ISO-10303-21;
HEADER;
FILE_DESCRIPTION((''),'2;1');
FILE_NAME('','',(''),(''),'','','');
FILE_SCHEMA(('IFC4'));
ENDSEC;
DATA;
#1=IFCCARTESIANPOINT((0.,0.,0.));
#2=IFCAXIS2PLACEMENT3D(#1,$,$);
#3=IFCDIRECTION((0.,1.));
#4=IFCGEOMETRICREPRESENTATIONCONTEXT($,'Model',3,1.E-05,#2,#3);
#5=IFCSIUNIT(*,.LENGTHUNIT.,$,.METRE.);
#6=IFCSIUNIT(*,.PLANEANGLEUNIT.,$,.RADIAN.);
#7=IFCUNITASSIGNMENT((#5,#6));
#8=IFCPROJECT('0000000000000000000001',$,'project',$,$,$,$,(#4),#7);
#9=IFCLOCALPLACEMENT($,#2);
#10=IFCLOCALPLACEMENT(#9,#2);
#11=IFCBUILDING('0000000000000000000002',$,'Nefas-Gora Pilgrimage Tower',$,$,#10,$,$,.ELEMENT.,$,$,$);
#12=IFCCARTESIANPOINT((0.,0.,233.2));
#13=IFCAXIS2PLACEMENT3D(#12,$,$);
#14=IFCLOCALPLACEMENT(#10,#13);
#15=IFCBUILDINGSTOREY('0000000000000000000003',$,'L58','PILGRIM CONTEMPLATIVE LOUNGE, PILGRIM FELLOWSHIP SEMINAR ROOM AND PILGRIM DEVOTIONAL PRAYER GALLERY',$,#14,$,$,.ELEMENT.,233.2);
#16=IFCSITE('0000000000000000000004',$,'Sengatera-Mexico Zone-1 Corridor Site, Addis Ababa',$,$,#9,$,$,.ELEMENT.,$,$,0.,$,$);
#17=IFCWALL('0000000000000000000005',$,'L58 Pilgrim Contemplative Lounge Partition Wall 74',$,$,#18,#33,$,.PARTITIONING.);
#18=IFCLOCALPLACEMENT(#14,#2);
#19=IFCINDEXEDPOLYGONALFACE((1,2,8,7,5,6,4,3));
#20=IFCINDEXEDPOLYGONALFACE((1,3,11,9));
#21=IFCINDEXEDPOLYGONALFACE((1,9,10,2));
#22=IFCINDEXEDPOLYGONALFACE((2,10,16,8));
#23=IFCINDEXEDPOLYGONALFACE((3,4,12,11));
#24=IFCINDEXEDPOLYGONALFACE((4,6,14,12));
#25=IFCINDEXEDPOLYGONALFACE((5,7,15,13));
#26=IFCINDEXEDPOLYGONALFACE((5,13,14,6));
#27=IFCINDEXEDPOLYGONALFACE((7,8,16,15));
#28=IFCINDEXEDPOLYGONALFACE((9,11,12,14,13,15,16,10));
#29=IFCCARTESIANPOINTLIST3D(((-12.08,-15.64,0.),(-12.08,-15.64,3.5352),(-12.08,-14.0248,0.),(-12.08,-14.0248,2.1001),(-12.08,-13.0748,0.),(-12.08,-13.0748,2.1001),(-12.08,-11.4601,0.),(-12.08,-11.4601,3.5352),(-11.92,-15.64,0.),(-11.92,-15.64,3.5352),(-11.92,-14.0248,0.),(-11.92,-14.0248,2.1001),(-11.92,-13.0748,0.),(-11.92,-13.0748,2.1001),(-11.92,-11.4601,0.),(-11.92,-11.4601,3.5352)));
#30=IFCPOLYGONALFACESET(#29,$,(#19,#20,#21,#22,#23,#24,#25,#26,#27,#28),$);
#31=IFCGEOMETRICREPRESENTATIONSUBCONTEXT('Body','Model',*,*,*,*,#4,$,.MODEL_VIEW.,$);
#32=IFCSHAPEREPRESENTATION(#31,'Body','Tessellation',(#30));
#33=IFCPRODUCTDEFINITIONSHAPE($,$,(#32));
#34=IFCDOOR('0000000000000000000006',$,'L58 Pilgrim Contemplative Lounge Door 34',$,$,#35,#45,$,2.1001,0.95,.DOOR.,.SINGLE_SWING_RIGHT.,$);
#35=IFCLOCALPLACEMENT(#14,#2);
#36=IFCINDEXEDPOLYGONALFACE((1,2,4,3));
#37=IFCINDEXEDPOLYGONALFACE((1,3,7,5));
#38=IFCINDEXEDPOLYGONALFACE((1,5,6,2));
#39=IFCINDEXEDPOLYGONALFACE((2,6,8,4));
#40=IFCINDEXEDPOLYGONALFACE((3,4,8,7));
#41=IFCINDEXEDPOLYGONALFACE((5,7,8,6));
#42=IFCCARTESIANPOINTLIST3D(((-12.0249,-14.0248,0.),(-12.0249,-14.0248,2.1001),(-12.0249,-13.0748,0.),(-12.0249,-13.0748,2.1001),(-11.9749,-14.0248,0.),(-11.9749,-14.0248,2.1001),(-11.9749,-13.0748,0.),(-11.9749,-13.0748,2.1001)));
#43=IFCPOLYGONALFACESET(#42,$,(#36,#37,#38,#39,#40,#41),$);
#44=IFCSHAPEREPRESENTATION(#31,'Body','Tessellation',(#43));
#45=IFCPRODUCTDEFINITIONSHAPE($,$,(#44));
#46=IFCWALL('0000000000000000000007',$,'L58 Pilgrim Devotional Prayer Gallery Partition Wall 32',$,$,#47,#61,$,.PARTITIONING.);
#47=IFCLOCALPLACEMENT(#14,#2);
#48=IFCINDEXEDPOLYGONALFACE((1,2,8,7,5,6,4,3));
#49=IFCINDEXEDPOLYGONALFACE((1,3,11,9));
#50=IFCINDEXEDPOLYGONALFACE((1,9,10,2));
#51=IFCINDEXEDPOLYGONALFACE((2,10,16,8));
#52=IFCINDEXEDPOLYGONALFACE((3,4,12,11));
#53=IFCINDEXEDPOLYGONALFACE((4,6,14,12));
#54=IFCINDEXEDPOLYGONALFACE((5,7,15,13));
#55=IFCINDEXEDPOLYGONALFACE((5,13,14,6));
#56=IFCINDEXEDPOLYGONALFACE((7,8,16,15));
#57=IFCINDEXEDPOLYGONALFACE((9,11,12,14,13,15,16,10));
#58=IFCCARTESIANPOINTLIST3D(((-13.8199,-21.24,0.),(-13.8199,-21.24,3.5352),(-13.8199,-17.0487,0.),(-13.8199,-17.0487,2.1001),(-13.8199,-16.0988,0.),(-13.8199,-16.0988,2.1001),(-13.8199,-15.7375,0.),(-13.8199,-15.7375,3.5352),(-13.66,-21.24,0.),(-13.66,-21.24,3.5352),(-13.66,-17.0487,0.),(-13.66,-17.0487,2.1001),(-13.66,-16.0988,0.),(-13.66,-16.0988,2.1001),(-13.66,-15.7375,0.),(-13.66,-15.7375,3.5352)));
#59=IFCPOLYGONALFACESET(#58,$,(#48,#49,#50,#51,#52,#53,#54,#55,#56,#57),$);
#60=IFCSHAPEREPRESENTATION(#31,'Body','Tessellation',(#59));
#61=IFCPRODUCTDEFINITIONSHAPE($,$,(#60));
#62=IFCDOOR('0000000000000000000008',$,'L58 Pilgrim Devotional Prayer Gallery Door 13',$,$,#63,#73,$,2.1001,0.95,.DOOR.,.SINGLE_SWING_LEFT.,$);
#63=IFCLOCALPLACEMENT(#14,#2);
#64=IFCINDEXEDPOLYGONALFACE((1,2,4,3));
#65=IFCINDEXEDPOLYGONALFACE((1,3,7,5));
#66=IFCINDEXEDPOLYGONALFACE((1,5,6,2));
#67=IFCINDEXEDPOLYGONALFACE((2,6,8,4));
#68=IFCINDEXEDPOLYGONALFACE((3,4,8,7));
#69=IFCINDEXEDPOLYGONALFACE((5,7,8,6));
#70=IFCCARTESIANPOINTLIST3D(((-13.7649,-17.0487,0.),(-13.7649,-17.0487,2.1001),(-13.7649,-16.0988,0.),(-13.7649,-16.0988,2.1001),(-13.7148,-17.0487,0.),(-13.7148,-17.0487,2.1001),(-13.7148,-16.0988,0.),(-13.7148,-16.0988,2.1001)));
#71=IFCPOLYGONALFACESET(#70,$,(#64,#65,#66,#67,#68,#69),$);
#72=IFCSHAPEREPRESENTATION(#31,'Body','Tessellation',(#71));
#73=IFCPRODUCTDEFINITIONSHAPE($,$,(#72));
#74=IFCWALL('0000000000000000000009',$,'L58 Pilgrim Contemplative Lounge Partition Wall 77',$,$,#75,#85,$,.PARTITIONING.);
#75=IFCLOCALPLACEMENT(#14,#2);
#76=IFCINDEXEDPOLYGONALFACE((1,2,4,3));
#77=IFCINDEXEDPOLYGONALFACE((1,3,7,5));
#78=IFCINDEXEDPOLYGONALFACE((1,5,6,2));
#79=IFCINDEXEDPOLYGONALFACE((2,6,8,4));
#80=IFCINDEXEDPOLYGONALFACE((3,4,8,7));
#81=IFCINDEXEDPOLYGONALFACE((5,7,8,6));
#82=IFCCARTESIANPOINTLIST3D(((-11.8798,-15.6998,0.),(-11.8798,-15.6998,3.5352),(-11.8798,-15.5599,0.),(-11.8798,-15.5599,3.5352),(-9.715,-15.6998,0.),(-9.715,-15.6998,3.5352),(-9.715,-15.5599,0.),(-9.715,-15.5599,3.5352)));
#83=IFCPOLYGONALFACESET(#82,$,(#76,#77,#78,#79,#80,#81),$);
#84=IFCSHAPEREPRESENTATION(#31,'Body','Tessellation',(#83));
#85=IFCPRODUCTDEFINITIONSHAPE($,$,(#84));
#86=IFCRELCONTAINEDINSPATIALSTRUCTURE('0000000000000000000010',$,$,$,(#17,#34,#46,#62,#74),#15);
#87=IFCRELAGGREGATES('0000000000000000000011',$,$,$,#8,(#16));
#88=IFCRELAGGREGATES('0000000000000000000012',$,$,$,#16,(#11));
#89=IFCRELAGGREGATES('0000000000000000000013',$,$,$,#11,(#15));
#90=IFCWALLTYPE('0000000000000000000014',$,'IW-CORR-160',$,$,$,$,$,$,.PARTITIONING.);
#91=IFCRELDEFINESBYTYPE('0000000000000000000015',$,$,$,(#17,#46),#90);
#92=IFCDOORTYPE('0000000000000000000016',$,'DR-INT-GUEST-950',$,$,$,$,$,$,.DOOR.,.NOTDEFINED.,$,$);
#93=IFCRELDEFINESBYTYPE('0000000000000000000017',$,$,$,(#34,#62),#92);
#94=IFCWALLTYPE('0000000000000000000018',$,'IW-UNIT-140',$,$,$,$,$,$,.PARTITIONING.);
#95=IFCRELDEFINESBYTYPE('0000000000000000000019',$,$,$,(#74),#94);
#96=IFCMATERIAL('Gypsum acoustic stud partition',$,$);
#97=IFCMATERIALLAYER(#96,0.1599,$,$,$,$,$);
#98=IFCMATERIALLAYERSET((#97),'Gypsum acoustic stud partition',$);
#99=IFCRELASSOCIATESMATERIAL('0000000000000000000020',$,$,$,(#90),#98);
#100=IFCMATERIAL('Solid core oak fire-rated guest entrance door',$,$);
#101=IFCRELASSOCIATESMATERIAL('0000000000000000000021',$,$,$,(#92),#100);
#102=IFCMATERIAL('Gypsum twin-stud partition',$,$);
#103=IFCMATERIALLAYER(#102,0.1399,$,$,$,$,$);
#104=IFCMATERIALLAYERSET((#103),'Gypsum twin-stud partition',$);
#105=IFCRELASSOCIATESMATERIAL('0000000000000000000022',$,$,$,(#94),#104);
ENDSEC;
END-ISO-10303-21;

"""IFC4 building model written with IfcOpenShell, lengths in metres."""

from ifc_helpers import new_model, si_unit, direction, frame, frame_2d, origin, place, context, subcontext, project, spatial, rectangle, extrude, source, transform, mapped, material, layer, layer_set, type_object, element, fill, save


model = new_model("IFC4")

# Units and contexts
model_context = context("Model", 3, precision=1e-05, world=origin(), true_north=direction((0.0, 1.0)))
body_context = subcontext(model_context, "Body", "Model", "MODEL_VIEW")
ifc_project = project(units=[si_unit("LENGTHUNIT", "METRE"), si_unit("PLANEANGLEUNIT", "RADIAN")], contexts=[model_context])

# Site, building, storey
site_placement = place(None, origin())
site = spatial("IfcSite", under=ifc_project, at=site_placement, Name="Sengatera-Mexico Zone-1 Corridor Site, Addis Ababa", CompositionType="ELEMENT", RefElevation=0.0)
building_placement = place(site_placement, origin())
building = spatial("IfcBuilding", under=site, at=building_placement, Name="Nefas-Gora Pilgrimage Tower", CompositionType="ELEMENT")
storey_placement = place(building_placement, frame((0.0, 0.0, 233.2)))
storey = spatial("IfcBuildingStorey", under=building, at=storey_placement, Name="L58", Description="PILGRIM CONTEMPLATIVE LOUNGE, PILGRIM FELLOWSHIP SEMINAR ROOM AND PILGRIM DEVOTIONAL PRAYER GALLERY", CompositionType="ELEMENT", Elevation=233.2)

# Shared definitions
ifc_material_1 = material(Name="Gypsum acoustic stud partition")
ifc_layer_1 = layer(ifc_material_1, 0.1599)
ifc_layer_set_1 = layer_set([ifc_layer_1], Name="Gypsum acoustic stud partition")
wall_type_1 = type_object("IfcWallType", Name="IW-CORR-160", PredefinedType="PARTITIONING", material=ifc_layer_set_1)
ifc_material_2 = material(Name="Solid core oak fire-rated guest entrance door")
door_type = type_object("IfcDoorType", Name="DR-INT-GUEST-950", OperationType="NOTDEFINED", PredefinedType="DOOR", material=ifc_material_2)
shared_shape_1 = source(origin(), body_context, "Body", "SweptSolid", [
    extrude(rectangle(XDim=0.95, YDim=2.1001, at=frame_2d((0.4751, 1.05))), frame((0.0, 0.0249, 0.0), z_axis=(0.0, -1.0, 0.0), x_axis=(1.0, 0.0, 0.0)), (0.0, 0.0, 1.0), 0.05),
])

# Shared definitions
ifc_material_3 = material(Name="Gypsum twin-stud partition")
ifc_layer_2 = layer(ifc_material_3, 0.1399)
ifc_layer_set_2 = layer_set([ifc_layer_2], Name="Gypsum twin-stud partition")
wall_type_2 = type_object("IfcWallType", Name="IW-UNIT-140", PredefinedType="PARTITIONING", material=ifc_layer_set_2)

# Walls, openings, doors
shared_shape_2 = source(origin(), body_context, "Body", "SweptSolid", [
    extrude(rectangle(XDim=4.1799, YDim=0.1599, at=frame_2d((2.0898, 0.0))), origin(), (0.0, 0.0, 1.0), 3.5352),
])
wall_1_placement = place(storey_placement, frame((-12.0, -15.6399, 0.0), z_axis=(0.0, 0.0, 1.0), x_axis=(0.0, 1.0, 0.0)))
wall_1 = element("IfcWall", 1, at=wall_1_placement, inside=storey, type_object=wall_type_1, Name="L58 Pilgrim Contemplative Lounge Partition Wall 74", PredefinedType="PARTITIONING", context=body_context, shape_type="MappedRepresentation", body=[
    mapped(shared_shape_2, transform((0.0, 0.0, 0.0), x_axis=(1.0, 0.0, 0.0), y_axis=(0.0, 1.0, 0.0), z_axis=(0.0, 0.0, 1.0), scale=1.0)),
])
opening_1_placement = place(wall_1_placement, frame((1.615, 0.0, 0.0)))
opening_1 = element("IfcOpeningElement", 2, at=opening_1_placement, cuts=wall_1, PredefinedType="OPENING", context=body_context, shape_type="SweptSolid", body=[
    extrude(rectangle(XDim=0.95, YDim=2.1001, at=frame_2d((0.4751, 1.05))), frame((0.0, 0.0898, 0.0), z_axis=(0.0, -1.0, 0.0), x_axis=(1.0, 0.0, 0.0)), (0.0, 0.0, 1.0), 0.1799),
])
door_1_placement = place(opening_1_placement, origin())
door_1 = element("IfcDoor", 3, at=door_1_placement, inside=storey, type_object=door_type, Name="L58 Pilgrim Contemplative Lounge Door 34", OperationType="SINGLE_SWING_RIGHT", OverallHeight=2.1001, OverallWidth=0.95, PredefinedType="DOOR", context=body_context, shape_type="MappedRepresentation", body=[
    mapped(shared_shape_1, transform((0.0, 0.0, 0.0), x_axis=(1.0, 0.0, 0.0), y_axis=(0.0, 1.0, 0.0), z_axis=(0.0, 0.0, 1.0), scale=1.0)),
])
fill(opening_1, door_1)
shared_shape_3 = source(origin(), body_context, "Body", "SweptSolid", [
    extrude(rectangle(XDim=5.5024, YDim=0.1599, at=frame_2d((2.7512, 0.0))), origin(), (0.0, 0.0, 1.0), 3.5352),
])
wall_2_placement = place(storey_placement, frame((-13.74, -21.24, 0.0), z_axis=(0.0, 0.0, 1.0), x_axis=(0.0, 1.0, 0.0)))
wall_2 = element("IfcWall", 4, at=wall_2_placement, inside=storey, type_object=wall_type_1, Name="L58 Pilgrim Devotional Prayer Gallery Partition Wall 32", PredefinedType="PARTITIONING", context=body_context, shape_type="MappedRepresentation", body=[
    mapped(shared_shape_3, transform((0.0, 0.0, 0.0), x_axis=(1.0, 0.0, 0.0), y_axis=(0.0, 1.0, 0.0), z_axis=(0.0, 0.0, 1.0), scale=1.0)),
])
opening_2_placement = place(wall_2_placement, frame((4.1912, 0.0, 0.0)))
opening_2 = element("IfcOpeningElement", 5, at=opening_2_placement, cuts=wall_2, PredefinedType="OPENING", context=body_context, shape_type="SweptSolid", body=[
    extrude(rectangle(XDim=0.95, YDim=2.1001, at=frame_2d((0.4751, 1.05))), frame((0.0, 0.0898, 0.0), z_axis=(0.0, -1.0, 0.0), x_axis=(1.0, 0.0, 0.0)), (0.0, 0.0, 1.0), 0.1799),
])
door_2_placement = place(opening_2_placement, origin())
door_2 = element("IfcDoor", 6, at=door_2_placement, inside=storey, type_object=door_type, Name="L58 Pilgrim Devotional Prayer Gallery Door 13", OperationType="SINGLE_SWING_LEFT", OverallHeight=2.1001, OverallWidth=0.95, PredefinedType="DOOR", context=body_context, shape_type="MappedRepresentation", body=[
    mapped(shared_shape_1, transform((0.0, 0.0, 0.0), x_axis=(1.0, 0.0, 0.0), y_axis=(0.0, 1.0, 0.0), z_axis=(0.0, 0.0, 1.0), scale=1.0)),
])
fill(opening_2, door_2)

# Wall
shared_shape_4 = source(origin(), body_context, "Body", "SweptSolid", [
    extrude(rectangle(XDim=2.1648, YDim=0.1399, at=frame_2d((1.0825, 0.0))), origin(), (0.0, 0.0, 1.0), 3.5352),
])
wall_3_placement = place(storey_placement, frame((-11.8799, -15.6299, 0.0), z_axis=(0.0, 0.0, 1.0), x_axis=(1.0, 0.0, 0.0)))
element("IfcWall", 7, at=wall_3_placement, inside=storey, type_object=wall_type_2, Name="L58 Pilgrim Contemplative Lounge Partition Wall 77", PredefinedType="PARTITIONING", context=body_context, shape_type="MappedRepresentation", body=[
    mapped(shared_shape_4, transform((0.0, 0.0, 0.0), x_axis=(1.0, 0.0, 0.0), y_axis=(0.0, 1.0, 0.0), z_axis=(0.0, 0.0, 1.0), scale=1.0)),
])

save(model, "model.ifc")
